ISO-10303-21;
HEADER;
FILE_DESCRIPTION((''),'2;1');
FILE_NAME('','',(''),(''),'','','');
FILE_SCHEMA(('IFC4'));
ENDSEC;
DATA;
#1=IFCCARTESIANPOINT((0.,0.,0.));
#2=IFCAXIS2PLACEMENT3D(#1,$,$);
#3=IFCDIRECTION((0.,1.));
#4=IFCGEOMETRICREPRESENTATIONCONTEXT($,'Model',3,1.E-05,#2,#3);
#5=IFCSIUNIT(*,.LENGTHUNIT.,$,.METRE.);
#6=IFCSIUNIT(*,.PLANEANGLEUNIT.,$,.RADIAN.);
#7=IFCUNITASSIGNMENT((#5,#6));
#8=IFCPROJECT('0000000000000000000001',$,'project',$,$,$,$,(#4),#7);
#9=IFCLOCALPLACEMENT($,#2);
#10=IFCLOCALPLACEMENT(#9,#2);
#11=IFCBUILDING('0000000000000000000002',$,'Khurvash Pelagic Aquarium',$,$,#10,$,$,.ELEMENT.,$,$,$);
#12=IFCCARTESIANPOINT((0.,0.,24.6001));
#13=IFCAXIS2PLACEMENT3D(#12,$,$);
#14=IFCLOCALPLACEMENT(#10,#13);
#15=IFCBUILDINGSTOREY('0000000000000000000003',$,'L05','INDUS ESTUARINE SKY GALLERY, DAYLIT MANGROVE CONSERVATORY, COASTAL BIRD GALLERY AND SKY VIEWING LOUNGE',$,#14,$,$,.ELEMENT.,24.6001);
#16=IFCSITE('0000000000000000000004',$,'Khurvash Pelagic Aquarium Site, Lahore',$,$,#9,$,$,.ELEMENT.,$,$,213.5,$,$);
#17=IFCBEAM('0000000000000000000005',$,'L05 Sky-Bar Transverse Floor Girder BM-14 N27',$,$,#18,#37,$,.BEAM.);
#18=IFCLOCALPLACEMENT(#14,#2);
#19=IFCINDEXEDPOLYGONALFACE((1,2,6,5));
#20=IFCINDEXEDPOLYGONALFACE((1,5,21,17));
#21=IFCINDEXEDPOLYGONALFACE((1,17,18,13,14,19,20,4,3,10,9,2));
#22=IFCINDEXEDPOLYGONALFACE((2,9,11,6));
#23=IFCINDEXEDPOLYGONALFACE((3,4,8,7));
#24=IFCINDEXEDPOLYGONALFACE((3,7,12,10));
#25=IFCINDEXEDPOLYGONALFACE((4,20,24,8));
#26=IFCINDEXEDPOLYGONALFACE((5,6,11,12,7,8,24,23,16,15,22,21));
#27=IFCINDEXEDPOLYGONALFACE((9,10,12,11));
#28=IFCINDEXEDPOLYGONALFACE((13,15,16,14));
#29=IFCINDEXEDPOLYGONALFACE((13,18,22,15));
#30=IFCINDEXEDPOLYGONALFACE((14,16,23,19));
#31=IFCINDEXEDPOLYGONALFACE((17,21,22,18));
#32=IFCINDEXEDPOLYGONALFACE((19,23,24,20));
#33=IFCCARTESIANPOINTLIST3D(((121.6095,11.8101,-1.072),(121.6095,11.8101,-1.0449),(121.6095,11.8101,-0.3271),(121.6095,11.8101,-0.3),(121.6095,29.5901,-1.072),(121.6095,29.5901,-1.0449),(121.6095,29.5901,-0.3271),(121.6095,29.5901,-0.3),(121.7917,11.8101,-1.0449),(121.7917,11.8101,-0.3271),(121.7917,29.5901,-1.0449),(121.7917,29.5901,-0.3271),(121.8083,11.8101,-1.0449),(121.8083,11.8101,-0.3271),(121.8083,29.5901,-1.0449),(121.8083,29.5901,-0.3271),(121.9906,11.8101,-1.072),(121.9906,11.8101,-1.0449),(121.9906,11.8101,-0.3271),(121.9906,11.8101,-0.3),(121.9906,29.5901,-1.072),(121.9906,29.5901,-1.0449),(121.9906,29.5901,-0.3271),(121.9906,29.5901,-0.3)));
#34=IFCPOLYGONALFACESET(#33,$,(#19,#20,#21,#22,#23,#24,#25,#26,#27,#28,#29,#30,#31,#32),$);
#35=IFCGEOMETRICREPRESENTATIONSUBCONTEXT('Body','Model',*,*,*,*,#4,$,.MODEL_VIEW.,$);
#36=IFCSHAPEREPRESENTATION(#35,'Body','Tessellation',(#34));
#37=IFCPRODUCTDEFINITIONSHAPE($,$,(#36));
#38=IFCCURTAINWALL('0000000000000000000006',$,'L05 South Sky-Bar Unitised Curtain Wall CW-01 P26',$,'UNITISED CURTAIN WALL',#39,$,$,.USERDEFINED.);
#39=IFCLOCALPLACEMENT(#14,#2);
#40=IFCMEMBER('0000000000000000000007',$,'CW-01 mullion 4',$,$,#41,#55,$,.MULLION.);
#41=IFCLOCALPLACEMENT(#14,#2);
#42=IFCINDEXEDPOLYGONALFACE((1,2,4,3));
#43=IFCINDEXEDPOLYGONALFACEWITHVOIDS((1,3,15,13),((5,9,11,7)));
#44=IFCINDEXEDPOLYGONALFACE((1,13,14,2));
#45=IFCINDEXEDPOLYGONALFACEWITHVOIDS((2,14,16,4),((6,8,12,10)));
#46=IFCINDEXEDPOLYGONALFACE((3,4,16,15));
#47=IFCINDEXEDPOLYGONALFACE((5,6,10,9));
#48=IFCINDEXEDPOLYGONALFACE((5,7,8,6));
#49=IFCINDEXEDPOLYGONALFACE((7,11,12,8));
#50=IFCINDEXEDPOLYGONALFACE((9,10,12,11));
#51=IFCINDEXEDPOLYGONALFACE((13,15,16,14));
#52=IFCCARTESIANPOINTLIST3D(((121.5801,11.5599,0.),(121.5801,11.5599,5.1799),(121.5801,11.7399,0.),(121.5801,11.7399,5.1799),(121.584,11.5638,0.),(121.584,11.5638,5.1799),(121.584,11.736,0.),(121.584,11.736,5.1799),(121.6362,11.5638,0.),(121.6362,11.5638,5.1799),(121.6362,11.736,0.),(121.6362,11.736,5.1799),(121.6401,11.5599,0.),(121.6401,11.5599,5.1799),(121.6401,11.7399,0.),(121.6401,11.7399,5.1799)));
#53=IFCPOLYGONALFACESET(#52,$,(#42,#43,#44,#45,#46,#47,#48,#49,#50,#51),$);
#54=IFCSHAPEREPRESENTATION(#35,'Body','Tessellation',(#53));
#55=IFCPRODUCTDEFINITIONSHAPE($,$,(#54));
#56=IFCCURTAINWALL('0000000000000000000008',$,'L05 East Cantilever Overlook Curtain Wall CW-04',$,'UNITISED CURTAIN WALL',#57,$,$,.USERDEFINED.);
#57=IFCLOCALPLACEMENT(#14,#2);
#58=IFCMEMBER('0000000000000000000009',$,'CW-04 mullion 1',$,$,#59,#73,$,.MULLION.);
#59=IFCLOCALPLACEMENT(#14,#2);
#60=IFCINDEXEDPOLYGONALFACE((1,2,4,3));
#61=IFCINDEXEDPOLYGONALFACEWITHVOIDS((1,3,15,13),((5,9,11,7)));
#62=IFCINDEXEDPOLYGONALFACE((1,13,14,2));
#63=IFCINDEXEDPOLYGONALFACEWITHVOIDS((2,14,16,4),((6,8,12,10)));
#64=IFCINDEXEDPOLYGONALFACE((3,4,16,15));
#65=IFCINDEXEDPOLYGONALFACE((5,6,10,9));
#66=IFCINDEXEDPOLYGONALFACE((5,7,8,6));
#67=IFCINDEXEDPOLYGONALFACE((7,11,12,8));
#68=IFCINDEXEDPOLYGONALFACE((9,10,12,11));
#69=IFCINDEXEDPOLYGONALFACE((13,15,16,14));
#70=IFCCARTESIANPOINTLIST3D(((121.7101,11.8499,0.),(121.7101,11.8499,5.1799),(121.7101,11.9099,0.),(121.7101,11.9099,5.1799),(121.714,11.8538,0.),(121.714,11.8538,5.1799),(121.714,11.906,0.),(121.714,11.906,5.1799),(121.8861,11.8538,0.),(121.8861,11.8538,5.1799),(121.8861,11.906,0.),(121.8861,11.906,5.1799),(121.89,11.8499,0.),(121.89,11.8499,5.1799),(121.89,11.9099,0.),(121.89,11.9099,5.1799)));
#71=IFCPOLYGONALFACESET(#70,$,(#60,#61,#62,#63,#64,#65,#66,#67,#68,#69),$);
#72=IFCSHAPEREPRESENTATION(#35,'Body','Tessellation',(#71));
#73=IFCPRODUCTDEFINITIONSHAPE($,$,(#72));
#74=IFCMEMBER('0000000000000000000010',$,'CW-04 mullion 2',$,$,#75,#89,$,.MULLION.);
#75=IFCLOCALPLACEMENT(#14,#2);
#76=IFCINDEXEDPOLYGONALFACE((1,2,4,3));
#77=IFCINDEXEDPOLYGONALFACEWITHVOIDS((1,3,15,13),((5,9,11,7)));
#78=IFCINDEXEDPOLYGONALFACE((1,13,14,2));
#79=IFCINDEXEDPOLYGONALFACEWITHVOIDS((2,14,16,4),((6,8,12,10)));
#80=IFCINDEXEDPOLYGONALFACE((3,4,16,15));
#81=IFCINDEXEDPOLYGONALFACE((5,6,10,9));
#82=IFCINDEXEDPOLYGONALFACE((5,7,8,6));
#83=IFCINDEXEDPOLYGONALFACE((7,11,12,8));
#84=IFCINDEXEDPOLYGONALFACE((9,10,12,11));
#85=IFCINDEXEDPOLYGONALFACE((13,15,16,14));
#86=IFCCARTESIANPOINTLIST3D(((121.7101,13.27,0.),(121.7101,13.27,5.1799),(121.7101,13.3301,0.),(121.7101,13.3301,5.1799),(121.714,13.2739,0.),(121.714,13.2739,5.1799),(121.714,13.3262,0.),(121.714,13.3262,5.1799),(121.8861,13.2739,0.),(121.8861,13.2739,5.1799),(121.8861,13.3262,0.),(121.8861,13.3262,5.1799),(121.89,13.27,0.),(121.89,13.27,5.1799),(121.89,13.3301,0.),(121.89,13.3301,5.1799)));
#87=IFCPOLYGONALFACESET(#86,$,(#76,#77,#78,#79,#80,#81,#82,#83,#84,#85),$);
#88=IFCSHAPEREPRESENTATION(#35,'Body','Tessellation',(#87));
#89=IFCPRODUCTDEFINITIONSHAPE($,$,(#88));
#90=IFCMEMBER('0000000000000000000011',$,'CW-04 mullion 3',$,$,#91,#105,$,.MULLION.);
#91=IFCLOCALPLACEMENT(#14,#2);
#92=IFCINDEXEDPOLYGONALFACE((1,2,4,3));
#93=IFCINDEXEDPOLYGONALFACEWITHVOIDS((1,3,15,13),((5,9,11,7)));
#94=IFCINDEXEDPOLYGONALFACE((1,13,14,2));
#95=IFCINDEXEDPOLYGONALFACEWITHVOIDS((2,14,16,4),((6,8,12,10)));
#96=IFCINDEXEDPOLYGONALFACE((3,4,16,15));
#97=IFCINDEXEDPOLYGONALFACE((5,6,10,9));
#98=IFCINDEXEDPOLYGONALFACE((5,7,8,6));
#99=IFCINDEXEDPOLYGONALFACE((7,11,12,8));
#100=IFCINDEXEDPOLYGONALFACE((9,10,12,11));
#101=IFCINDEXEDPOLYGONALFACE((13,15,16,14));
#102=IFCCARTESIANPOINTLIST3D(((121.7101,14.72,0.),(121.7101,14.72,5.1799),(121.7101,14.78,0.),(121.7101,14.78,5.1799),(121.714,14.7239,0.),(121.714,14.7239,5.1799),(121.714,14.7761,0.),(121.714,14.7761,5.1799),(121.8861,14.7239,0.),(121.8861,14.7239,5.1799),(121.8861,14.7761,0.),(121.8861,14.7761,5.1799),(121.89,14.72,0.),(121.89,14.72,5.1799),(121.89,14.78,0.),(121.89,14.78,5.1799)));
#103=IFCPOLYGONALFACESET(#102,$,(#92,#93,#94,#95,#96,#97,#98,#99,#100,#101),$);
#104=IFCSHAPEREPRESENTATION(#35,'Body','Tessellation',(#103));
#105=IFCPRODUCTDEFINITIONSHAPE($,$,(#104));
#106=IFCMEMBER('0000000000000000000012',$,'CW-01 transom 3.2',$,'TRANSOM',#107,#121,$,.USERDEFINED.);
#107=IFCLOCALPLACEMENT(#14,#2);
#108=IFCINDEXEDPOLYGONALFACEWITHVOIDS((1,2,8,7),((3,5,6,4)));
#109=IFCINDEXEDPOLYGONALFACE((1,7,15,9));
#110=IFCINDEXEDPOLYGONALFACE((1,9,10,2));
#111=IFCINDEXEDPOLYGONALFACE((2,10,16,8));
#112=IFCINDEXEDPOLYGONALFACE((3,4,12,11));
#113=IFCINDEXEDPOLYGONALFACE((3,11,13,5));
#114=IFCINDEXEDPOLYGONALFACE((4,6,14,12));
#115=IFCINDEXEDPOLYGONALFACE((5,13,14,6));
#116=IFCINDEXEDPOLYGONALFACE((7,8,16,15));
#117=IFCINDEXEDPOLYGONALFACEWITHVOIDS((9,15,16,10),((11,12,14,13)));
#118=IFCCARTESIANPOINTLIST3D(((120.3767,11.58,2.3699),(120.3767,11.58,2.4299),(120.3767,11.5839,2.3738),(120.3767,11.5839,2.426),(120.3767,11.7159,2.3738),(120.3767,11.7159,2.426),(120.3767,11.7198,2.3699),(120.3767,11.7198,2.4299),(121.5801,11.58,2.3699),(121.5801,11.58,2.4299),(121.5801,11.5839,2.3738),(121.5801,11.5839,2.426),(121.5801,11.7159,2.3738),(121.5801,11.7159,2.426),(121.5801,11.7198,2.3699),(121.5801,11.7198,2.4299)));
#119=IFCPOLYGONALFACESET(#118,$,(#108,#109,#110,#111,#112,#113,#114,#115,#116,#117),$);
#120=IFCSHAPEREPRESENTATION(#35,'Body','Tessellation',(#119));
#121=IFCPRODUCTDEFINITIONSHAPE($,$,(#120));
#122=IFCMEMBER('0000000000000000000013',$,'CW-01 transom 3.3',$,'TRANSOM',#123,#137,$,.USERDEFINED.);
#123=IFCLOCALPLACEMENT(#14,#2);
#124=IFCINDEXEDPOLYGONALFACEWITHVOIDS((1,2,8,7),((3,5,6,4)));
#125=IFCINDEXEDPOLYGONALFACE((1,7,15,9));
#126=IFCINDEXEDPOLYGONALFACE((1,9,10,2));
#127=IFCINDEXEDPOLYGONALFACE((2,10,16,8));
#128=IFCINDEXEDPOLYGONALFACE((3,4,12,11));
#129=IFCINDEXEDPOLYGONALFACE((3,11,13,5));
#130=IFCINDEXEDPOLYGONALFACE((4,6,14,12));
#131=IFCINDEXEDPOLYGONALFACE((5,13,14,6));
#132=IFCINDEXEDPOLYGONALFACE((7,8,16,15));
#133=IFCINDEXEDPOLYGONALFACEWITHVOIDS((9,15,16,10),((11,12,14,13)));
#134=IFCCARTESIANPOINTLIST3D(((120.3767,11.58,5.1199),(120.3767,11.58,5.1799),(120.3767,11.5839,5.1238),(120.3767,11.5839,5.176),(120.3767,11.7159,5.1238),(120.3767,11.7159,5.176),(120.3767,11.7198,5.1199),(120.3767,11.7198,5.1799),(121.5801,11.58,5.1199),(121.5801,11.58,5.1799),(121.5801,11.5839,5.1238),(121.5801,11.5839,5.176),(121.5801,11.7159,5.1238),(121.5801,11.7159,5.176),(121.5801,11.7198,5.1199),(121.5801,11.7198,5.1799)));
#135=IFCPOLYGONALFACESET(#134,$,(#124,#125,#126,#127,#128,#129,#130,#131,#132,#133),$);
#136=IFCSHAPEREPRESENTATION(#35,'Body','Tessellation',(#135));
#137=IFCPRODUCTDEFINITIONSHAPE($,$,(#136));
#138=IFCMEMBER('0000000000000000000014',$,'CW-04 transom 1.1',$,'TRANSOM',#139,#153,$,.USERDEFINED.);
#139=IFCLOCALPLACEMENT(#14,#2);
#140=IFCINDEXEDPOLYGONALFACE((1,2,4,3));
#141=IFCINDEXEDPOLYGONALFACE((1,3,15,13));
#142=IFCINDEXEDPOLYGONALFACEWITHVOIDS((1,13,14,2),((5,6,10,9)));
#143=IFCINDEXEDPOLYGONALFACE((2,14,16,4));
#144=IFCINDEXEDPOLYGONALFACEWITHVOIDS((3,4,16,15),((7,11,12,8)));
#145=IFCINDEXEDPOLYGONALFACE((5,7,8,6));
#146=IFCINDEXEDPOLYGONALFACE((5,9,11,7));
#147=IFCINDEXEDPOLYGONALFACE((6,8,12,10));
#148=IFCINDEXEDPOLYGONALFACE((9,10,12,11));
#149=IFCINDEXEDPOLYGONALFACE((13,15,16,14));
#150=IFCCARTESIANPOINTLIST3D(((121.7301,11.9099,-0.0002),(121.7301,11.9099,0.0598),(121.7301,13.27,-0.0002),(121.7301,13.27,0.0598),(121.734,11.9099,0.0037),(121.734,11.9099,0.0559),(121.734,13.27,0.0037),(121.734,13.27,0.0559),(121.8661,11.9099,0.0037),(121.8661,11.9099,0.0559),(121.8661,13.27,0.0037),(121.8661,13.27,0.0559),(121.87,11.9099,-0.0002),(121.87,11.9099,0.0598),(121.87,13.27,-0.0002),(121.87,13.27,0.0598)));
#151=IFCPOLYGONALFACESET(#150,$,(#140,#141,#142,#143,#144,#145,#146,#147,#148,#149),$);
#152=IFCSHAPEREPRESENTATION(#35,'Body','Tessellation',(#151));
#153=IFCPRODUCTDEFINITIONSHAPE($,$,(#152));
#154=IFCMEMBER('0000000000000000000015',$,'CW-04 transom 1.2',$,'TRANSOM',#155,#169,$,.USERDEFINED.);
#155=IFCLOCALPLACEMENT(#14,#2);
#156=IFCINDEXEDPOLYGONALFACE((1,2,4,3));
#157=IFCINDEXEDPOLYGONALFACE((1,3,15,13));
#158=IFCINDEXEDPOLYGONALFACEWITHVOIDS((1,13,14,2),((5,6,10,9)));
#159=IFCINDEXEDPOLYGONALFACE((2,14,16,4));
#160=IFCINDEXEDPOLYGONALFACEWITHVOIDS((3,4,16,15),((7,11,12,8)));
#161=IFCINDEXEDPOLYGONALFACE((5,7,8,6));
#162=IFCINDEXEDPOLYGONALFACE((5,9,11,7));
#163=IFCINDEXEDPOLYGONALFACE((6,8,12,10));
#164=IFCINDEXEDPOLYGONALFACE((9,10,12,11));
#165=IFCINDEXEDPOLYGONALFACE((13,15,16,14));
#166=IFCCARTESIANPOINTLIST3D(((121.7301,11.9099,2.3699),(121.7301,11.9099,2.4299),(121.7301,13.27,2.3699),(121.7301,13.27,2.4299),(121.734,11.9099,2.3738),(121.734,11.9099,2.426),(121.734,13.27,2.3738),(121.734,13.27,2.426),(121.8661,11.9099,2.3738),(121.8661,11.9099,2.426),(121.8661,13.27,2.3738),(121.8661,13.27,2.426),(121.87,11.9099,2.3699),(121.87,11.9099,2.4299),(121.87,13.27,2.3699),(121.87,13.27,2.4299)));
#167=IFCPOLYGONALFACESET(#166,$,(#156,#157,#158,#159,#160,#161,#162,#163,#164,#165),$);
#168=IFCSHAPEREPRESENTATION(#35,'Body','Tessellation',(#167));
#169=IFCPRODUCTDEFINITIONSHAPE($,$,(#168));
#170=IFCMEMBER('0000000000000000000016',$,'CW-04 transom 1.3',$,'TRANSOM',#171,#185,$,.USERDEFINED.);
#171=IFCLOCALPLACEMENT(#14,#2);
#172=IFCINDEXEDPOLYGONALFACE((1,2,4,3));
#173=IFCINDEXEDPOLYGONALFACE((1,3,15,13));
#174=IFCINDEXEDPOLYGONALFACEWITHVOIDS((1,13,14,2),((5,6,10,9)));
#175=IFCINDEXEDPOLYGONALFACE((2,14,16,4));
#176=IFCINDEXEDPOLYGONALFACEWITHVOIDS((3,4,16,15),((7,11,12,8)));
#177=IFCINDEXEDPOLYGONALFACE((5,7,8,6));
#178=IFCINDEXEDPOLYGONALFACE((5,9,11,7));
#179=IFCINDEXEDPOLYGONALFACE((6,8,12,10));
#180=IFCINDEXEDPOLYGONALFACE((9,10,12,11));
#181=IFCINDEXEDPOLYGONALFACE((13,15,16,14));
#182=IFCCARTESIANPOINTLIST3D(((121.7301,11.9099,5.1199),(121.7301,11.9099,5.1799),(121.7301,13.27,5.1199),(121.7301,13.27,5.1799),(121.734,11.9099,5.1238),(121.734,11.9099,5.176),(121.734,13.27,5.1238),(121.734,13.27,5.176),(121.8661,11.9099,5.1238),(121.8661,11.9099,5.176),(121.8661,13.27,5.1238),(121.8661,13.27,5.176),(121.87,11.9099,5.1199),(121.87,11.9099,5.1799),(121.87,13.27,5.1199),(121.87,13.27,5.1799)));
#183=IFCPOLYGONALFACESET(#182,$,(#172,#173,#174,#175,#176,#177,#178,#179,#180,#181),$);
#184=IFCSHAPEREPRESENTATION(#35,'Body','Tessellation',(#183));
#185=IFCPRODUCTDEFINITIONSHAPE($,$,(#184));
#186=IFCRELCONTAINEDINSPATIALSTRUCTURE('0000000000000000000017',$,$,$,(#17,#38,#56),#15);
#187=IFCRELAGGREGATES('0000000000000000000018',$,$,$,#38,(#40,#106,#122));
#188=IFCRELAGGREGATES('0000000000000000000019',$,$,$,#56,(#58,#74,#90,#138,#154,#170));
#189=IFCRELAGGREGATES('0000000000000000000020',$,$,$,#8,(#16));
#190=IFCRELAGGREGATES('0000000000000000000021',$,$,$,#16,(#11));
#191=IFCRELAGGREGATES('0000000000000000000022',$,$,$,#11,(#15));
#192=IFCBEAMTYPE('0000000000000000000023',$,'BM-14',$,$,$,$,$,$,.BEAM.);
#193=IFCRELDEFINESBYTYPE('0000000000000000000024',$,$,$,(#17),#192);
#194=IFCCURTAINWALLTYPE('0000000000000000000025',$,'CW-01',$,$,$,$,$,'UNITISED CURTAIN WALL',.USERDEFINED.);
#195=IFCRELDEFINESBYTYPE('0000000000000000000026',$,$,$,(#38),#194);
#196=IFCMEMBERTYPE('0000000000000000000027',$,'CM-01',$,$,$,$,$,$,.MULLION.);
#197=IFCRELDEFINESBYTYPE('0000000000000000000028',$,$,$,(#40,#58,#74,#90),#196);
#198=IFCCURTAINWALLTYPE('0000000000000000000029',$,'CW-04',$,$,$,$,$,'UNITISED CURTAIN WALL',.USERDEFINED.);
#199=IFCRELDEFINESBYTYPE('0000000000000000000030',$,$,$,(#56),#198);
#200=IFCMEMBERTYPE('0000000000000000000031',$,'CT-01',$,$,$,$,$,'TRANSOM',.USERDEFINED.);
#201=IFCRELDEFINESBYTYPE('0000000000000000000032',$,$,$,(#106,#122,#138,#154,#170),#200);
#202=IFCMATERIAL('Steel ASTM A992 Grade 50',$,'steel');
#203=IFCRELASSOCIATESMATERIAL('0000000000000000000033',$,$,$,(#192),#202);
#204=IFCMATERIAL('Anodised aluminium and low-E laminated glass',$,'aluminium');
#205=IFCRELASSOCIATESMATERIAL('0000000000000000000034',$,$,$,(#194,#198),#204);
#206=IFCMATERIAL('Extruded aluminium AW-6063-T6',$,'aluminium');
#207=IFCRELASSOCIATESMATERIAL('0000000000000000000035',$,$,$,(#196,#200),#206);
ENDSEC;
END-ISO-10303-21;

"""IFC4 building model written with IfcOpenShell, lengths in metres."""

from ifc_helpers import new_model, si_unit, direction, frame, origin, origin_2d, place, context, subcontext, project, spatial, hollow_rectangle, i_section, extrude, material, material_profile, profile_set, type_object, element, aggregate, save


model = new_model("IFC4")

# Units and contexts
model_context = context("Model", 3, precision=1e-05, world=origin(), true_north=direction((0.0, 1.0)))
body_context = subcontext(model_context, "Body", "Model", "MODEL_VIEW")
ifc_project = project(units=[si_unit("LENGTHUNIT", "METRE"), si_unit("PLANEANGLEUNIT", "RADIAN")], contexts=[model_context])

# Site, building, storey
site_placement = place(None, origin())
site = spatial("IfcSite", under=ifc_project, at=site_placement, Name="Khurvash Pelagic Aquarium Site, Lahore", CompositionType="ELEMENT", RefElevation=213.5)
building_placement = place(site_placement, origin())
building = spatial("IfcBuilding", under=site, at=building_placement, Name="Khurvash Pelagic Aquarium", CompositionType="ELEMENT")
storey_placement = place(building_placement, frame((0.0, 0.0, 24.6001)))
storey = spatial("IfcBuildingStorey", under=building, at=storey_placement, Name="L05", Description="INDUS ESTUARINE SKY GALLERY, DAYLIT MANGROVE CONSERVATORY, COASTAL BIRD GALLERY AND SKY VIEWING LOUNGE", CompositionType="ELEMENT", Elevation=24.6001)

# Beam
ifc_material_1 = material(Name="Steel ASTM A992 Grade 50", Category="steel")
ifc_material_profile_1 = material_profile(ifc_material_1, i_section(OverallWidth=0.3811, OverallDepth=0.772, WebThickness=0.0166, FlangeThickness=0.0271, at=origin_2d()), Name="W30X173")
ifc_profile_set_1 = profile_set([ifc_material_profile_1], Name="Steel ASTM A992 Grade 50")
beam_type = type_object("IfcBeamType", Name="BM-14", PredefinedType="BEAM", material=ifc_profile_set_1)
beam_placement = place(storey_placement, frame((121.8, 11.8101, -0.686), z_axis=(0.0, 1.0, 0.0), x_axis=(-1.0, 0.0, 0.0)))
element("IfcBeam", 1, at=beam_placement, inside=storey, type_object=beam_type, Name="L05 Sky-Bar Transverse Floor Girder BM-14 N27", PredefinedType="BEAM", context=body_context, shape_type="SweptSolid", body=[
    extrude(i_section(OverallWidth=0.3811, OverallDepth=0.772, WebThickness=0.0166, FlangeThickness=0.0271, at=origin_2d()), origin(), (0.0, 0.0, 1.0), 17.78),
])

# Curtain wall, member
ifc_material_2 = material(Name="Anodised aluminium and low-E laminated glass", Category="aluminium")
curtain_wall_type_1 = type_object("IfcCurtainWallType", Name="CW-01", ElementType="UNITISED CURTAIN WALL", PredefinedType="USERDEFINED", material=ifc_material_2)
curtain_wall_1_placement = place(storey_placement, origin())
curtain_wall_1 = element("IfcCurtainWall", 2, at=curtain_wall_1_placement, inside=storey, type_object=curtain_wall_type_1, Name="L05 South Sky-Bar Unitised Curtain Wall CW-01 P26", ObjectType="UNITISED CURTAIN WALL", PredefinedType="USERDEFINED")
ifc_material_3 = material(Name="Extruded aluminium AW-6063-T6", Category="aluminium")
ifc_material_profile_2 = material_profile(ifc_material_3, hollow_rectangle(XDim=0.0601, YDim=0.1799, WallThickness=0.0039, at=origin_2d()), Name="CWM60X180X4")
ifc_profile_set_2 = profile_set([ifc_material_profile_2], Name="Extruded aluminium AW-6063-T6")
member_type_1 = type_object("IfcMemberType", Name="CM-01", PredefinedType="MULLION", material=ifc_profile_set_2)
member_1_placement = place(storey_placement, frame((121.6101, 11.6499, 0.0), z_axis=(0.0, 0.0, 1.0), x_axis=(1.0, 0.0, 0.0)))
member_1 = element("IfcMember", 3, at=member_1_placement, type_object=member_type_1, Name="CW-01 mullion 4", PredefinedType="MULLION", context=body_context, shape_type="SweptSolid", body=[
    extrude(hollow_rectangle(XDim=0.0601, YDim=0.1799, WallThickness=0.0039, at=origin_2d()), origin(), (0.0, 0.0, 1.0), 5.1799),
])

# Curtain wall, members
curtain_wall_type_2 = type_object("IfcCurtainWallType", Name="CW-04", ElementType="UNITISED CURTAIN WALL", PredefinedType="USERDEFINED", material=ifc_material_2)
curtain_wall_2_placement = place(storey_placement, origin())
curtain_wall_2 = element("IfcCurtainWall", 4, at=curtain_wall_2_placement, inside=storey, type_object=curtain_wall_type_2, Name="L05 East Cantilever Overlook Curtain Wall CW-04", ObjectType="UNITISED CURTAIN WALL", PredefinedType="USERDEFINED")
member_2_placement = place(storey_placement, frame((121.8, 11.8799, 0.0), z_axis=(0.0, 0.0, 1.0), x_axis=(0.0, 1.0, 0.0)))
member_2 = element("IfcMember", 5, at=member_2_placement, type_object=member_type_1, Name="CW-04 mullion 1", PredefinedType="MULLION", context=body_context, shape_type="SweptSolid", body=[
    extrude(hollow_rectangle(XDim=0.0601, YDim=0.1799, WallThickness=0.0039, at=origin_2d()), origin(), (0.0, 0.0, 1.0), 5.1799),
])
member_3_placement = place(storey_placement, frame((121.8, 13.3, 0.0), z_axis=(0.0, 0.0, 1.0), x_axis=(0.0, 1.0, 0.0)))
member_3 = element("IfcMember", 6, at=member_3_placement, type_object=member_type_1, Name="CW-04 mullion 2", PredefinedType="MULLION", context=body_context, shape_type="SweptSolid", body=[
    extrude(hollow_rectangle(XDim=0.0601, YDim=0.1799, WallThickness=0.0039, at=origin_2d()), origin(), (0.0, 0.0, 1.0), 5.1799),
])
member_4_placement = place(storey_placement, frame((121.8, 14.75, 0.0), z_axis=(0.0, 0.0, 1.0), x_axis=(0.0, 1.0, 0.0)))
member_4 = element("IfcMember", 7, at=member_4_placement, type_object=member_type_1, Name="CW-04 mullion 3", PredefinedType="MULLION", context=body_context, shape_type="SweptSolid", body=[
    extrude(hollow_rectangle(XDim=0.0601, YDim=0.1799, WallThickness=0.0039, at=origin_2d()), origin(), (0.0, 0.0, 1.0), 5.1799),
])

# Members
ifc_material_profile_3 = material_profile(ifc_material_3, hollow_rectangle(XDim=0.1399, YDim=0.0601, WallThickness=0.0039, at=origin_2d()), Name="CWT140X60X4")
ifc_profile_set_3 = profile_set([ifc_material_profile_3], Name="Extruded aluminium AW-6063-T6")
member_type_2 = type_object("IfcMemberType", Name="CT-01", ElementType="TRANSOM", PredefinedType="USERDEFINED", material=ifc_profile_set_3)
member_5_placement = place(storey_placement, frame((120.3767, 11.6499, 2.3999), z_axis=(1.0, 0.0, 0.0), x_axis=(0.0, 1.0, 0.0)))
member_5 = element("IfcMember", 8, at=member_5_placement, type_object=member_type_2, Name="CW-01 transom 3.2", ObjectType="TRANSOM", PredefinedType="USERDEFINED", context=body_context, shape_type="SweptSolid", body=[
    extrude(hollow_rectangle(XDim=0.1399, YDim=0.0601, WallThickness=0.0039, at=origin_2d()), origin(), (0.0, 0.0, 1.0), 1.2034),
])
member_6_placement = place(storey_placement, frame((120.3767, 11.6499, 5.1499), z_axis=(1.0, 0.0, 0.0), x_axis=(0.0, 1.0, 0.0)))
member_6 = element("IfcMember", 9, at=member_6_placement, type_object=member_type_2, Name="CW-01 transom 3.3", ObjectType="TRANSOM", PredefinedType="USERDEFINED", context=body_context, shape_type="SweptSolid", body=[
    extrude(hollow_rectangle(XDim=0.1399, YDim=0.0601, WallThickness=0.0039, at=origin_2d()), origin(), (0.0, 0.0, 1.0), 1.2034),
])
member_7_placement = place(storey_placement, frame((121.8, 11.9099, 0.0298), z_axis=(0.0, 1.0, 0.0), x_axis=(-1.0, 0.0, 0.0)))
member_7 = element("IfcMember", 10, at=member_7_placement, type_object=member_type_2, Name="CW-04 transom 1.1", ObjectType="TRANSOM", PredefinedType="USERDEFINED", context=body_context, shape_type="SweptSolid", body=[
    extrude(hollow_rectangle(XDim=0.1399, YDim=0.0601, WallThickness=0.0039, at=origin_2d()), origin(), (0.0, 0.0, 1.0), 1.3601),
])
member_8_placement = place(storey_placement, frame((121.8, 11.9099, 2.3999), z_axis=(0.0, 1.0, 0.0), x_axis=(-1.0, 0.0, 0.0)))
member_8 = element("IfcMember", 11, at=member_8_placement, type_object=member_type_2, Name="CW-04 transom 1.2", ObjectType="TRANSOM", PredefinedType="USERDEFINED", context=body_context, shape_type="SweptSolid", body=[
    extrude(hollow_rectangle(XDim=0.1399, YDim=0.0601, WallThickness=0.0039, at=origin_2d()), origin(), (0.0, 0.0, 1.0), 1.3601),
])
member_9_placement = place(storey_placement, frame((121.8, 11.9099, 5.1499), z_axis=(0.0, 1.0, 0.0), x_axis=(-1.0, 0.0, 0.0)))
member_9 = element("IfcMember", 12, at=member_9_placement, type_object=member_type_2, Name="CW-04 transom 1.3", ObjectType="TRANSOM", PredefinedType="USERDEFINED", context=body_context, shape_type="SweptSolid", body=[
    extrude(hollow_rectangle(XDim=0.1399, YDim=0.0601, WallThickness=0.0039, at=origin_2d()), origin(), (0.0, 0.0, 1.0), 1.3601),
])

aggregate(curtain_wall_1, [member_1, member_5, member_6])
aggregate(curtain_wall_2, [member_2, member_3, member_4, member_7, member_8, member_9])

save(model, "model.ifc")
